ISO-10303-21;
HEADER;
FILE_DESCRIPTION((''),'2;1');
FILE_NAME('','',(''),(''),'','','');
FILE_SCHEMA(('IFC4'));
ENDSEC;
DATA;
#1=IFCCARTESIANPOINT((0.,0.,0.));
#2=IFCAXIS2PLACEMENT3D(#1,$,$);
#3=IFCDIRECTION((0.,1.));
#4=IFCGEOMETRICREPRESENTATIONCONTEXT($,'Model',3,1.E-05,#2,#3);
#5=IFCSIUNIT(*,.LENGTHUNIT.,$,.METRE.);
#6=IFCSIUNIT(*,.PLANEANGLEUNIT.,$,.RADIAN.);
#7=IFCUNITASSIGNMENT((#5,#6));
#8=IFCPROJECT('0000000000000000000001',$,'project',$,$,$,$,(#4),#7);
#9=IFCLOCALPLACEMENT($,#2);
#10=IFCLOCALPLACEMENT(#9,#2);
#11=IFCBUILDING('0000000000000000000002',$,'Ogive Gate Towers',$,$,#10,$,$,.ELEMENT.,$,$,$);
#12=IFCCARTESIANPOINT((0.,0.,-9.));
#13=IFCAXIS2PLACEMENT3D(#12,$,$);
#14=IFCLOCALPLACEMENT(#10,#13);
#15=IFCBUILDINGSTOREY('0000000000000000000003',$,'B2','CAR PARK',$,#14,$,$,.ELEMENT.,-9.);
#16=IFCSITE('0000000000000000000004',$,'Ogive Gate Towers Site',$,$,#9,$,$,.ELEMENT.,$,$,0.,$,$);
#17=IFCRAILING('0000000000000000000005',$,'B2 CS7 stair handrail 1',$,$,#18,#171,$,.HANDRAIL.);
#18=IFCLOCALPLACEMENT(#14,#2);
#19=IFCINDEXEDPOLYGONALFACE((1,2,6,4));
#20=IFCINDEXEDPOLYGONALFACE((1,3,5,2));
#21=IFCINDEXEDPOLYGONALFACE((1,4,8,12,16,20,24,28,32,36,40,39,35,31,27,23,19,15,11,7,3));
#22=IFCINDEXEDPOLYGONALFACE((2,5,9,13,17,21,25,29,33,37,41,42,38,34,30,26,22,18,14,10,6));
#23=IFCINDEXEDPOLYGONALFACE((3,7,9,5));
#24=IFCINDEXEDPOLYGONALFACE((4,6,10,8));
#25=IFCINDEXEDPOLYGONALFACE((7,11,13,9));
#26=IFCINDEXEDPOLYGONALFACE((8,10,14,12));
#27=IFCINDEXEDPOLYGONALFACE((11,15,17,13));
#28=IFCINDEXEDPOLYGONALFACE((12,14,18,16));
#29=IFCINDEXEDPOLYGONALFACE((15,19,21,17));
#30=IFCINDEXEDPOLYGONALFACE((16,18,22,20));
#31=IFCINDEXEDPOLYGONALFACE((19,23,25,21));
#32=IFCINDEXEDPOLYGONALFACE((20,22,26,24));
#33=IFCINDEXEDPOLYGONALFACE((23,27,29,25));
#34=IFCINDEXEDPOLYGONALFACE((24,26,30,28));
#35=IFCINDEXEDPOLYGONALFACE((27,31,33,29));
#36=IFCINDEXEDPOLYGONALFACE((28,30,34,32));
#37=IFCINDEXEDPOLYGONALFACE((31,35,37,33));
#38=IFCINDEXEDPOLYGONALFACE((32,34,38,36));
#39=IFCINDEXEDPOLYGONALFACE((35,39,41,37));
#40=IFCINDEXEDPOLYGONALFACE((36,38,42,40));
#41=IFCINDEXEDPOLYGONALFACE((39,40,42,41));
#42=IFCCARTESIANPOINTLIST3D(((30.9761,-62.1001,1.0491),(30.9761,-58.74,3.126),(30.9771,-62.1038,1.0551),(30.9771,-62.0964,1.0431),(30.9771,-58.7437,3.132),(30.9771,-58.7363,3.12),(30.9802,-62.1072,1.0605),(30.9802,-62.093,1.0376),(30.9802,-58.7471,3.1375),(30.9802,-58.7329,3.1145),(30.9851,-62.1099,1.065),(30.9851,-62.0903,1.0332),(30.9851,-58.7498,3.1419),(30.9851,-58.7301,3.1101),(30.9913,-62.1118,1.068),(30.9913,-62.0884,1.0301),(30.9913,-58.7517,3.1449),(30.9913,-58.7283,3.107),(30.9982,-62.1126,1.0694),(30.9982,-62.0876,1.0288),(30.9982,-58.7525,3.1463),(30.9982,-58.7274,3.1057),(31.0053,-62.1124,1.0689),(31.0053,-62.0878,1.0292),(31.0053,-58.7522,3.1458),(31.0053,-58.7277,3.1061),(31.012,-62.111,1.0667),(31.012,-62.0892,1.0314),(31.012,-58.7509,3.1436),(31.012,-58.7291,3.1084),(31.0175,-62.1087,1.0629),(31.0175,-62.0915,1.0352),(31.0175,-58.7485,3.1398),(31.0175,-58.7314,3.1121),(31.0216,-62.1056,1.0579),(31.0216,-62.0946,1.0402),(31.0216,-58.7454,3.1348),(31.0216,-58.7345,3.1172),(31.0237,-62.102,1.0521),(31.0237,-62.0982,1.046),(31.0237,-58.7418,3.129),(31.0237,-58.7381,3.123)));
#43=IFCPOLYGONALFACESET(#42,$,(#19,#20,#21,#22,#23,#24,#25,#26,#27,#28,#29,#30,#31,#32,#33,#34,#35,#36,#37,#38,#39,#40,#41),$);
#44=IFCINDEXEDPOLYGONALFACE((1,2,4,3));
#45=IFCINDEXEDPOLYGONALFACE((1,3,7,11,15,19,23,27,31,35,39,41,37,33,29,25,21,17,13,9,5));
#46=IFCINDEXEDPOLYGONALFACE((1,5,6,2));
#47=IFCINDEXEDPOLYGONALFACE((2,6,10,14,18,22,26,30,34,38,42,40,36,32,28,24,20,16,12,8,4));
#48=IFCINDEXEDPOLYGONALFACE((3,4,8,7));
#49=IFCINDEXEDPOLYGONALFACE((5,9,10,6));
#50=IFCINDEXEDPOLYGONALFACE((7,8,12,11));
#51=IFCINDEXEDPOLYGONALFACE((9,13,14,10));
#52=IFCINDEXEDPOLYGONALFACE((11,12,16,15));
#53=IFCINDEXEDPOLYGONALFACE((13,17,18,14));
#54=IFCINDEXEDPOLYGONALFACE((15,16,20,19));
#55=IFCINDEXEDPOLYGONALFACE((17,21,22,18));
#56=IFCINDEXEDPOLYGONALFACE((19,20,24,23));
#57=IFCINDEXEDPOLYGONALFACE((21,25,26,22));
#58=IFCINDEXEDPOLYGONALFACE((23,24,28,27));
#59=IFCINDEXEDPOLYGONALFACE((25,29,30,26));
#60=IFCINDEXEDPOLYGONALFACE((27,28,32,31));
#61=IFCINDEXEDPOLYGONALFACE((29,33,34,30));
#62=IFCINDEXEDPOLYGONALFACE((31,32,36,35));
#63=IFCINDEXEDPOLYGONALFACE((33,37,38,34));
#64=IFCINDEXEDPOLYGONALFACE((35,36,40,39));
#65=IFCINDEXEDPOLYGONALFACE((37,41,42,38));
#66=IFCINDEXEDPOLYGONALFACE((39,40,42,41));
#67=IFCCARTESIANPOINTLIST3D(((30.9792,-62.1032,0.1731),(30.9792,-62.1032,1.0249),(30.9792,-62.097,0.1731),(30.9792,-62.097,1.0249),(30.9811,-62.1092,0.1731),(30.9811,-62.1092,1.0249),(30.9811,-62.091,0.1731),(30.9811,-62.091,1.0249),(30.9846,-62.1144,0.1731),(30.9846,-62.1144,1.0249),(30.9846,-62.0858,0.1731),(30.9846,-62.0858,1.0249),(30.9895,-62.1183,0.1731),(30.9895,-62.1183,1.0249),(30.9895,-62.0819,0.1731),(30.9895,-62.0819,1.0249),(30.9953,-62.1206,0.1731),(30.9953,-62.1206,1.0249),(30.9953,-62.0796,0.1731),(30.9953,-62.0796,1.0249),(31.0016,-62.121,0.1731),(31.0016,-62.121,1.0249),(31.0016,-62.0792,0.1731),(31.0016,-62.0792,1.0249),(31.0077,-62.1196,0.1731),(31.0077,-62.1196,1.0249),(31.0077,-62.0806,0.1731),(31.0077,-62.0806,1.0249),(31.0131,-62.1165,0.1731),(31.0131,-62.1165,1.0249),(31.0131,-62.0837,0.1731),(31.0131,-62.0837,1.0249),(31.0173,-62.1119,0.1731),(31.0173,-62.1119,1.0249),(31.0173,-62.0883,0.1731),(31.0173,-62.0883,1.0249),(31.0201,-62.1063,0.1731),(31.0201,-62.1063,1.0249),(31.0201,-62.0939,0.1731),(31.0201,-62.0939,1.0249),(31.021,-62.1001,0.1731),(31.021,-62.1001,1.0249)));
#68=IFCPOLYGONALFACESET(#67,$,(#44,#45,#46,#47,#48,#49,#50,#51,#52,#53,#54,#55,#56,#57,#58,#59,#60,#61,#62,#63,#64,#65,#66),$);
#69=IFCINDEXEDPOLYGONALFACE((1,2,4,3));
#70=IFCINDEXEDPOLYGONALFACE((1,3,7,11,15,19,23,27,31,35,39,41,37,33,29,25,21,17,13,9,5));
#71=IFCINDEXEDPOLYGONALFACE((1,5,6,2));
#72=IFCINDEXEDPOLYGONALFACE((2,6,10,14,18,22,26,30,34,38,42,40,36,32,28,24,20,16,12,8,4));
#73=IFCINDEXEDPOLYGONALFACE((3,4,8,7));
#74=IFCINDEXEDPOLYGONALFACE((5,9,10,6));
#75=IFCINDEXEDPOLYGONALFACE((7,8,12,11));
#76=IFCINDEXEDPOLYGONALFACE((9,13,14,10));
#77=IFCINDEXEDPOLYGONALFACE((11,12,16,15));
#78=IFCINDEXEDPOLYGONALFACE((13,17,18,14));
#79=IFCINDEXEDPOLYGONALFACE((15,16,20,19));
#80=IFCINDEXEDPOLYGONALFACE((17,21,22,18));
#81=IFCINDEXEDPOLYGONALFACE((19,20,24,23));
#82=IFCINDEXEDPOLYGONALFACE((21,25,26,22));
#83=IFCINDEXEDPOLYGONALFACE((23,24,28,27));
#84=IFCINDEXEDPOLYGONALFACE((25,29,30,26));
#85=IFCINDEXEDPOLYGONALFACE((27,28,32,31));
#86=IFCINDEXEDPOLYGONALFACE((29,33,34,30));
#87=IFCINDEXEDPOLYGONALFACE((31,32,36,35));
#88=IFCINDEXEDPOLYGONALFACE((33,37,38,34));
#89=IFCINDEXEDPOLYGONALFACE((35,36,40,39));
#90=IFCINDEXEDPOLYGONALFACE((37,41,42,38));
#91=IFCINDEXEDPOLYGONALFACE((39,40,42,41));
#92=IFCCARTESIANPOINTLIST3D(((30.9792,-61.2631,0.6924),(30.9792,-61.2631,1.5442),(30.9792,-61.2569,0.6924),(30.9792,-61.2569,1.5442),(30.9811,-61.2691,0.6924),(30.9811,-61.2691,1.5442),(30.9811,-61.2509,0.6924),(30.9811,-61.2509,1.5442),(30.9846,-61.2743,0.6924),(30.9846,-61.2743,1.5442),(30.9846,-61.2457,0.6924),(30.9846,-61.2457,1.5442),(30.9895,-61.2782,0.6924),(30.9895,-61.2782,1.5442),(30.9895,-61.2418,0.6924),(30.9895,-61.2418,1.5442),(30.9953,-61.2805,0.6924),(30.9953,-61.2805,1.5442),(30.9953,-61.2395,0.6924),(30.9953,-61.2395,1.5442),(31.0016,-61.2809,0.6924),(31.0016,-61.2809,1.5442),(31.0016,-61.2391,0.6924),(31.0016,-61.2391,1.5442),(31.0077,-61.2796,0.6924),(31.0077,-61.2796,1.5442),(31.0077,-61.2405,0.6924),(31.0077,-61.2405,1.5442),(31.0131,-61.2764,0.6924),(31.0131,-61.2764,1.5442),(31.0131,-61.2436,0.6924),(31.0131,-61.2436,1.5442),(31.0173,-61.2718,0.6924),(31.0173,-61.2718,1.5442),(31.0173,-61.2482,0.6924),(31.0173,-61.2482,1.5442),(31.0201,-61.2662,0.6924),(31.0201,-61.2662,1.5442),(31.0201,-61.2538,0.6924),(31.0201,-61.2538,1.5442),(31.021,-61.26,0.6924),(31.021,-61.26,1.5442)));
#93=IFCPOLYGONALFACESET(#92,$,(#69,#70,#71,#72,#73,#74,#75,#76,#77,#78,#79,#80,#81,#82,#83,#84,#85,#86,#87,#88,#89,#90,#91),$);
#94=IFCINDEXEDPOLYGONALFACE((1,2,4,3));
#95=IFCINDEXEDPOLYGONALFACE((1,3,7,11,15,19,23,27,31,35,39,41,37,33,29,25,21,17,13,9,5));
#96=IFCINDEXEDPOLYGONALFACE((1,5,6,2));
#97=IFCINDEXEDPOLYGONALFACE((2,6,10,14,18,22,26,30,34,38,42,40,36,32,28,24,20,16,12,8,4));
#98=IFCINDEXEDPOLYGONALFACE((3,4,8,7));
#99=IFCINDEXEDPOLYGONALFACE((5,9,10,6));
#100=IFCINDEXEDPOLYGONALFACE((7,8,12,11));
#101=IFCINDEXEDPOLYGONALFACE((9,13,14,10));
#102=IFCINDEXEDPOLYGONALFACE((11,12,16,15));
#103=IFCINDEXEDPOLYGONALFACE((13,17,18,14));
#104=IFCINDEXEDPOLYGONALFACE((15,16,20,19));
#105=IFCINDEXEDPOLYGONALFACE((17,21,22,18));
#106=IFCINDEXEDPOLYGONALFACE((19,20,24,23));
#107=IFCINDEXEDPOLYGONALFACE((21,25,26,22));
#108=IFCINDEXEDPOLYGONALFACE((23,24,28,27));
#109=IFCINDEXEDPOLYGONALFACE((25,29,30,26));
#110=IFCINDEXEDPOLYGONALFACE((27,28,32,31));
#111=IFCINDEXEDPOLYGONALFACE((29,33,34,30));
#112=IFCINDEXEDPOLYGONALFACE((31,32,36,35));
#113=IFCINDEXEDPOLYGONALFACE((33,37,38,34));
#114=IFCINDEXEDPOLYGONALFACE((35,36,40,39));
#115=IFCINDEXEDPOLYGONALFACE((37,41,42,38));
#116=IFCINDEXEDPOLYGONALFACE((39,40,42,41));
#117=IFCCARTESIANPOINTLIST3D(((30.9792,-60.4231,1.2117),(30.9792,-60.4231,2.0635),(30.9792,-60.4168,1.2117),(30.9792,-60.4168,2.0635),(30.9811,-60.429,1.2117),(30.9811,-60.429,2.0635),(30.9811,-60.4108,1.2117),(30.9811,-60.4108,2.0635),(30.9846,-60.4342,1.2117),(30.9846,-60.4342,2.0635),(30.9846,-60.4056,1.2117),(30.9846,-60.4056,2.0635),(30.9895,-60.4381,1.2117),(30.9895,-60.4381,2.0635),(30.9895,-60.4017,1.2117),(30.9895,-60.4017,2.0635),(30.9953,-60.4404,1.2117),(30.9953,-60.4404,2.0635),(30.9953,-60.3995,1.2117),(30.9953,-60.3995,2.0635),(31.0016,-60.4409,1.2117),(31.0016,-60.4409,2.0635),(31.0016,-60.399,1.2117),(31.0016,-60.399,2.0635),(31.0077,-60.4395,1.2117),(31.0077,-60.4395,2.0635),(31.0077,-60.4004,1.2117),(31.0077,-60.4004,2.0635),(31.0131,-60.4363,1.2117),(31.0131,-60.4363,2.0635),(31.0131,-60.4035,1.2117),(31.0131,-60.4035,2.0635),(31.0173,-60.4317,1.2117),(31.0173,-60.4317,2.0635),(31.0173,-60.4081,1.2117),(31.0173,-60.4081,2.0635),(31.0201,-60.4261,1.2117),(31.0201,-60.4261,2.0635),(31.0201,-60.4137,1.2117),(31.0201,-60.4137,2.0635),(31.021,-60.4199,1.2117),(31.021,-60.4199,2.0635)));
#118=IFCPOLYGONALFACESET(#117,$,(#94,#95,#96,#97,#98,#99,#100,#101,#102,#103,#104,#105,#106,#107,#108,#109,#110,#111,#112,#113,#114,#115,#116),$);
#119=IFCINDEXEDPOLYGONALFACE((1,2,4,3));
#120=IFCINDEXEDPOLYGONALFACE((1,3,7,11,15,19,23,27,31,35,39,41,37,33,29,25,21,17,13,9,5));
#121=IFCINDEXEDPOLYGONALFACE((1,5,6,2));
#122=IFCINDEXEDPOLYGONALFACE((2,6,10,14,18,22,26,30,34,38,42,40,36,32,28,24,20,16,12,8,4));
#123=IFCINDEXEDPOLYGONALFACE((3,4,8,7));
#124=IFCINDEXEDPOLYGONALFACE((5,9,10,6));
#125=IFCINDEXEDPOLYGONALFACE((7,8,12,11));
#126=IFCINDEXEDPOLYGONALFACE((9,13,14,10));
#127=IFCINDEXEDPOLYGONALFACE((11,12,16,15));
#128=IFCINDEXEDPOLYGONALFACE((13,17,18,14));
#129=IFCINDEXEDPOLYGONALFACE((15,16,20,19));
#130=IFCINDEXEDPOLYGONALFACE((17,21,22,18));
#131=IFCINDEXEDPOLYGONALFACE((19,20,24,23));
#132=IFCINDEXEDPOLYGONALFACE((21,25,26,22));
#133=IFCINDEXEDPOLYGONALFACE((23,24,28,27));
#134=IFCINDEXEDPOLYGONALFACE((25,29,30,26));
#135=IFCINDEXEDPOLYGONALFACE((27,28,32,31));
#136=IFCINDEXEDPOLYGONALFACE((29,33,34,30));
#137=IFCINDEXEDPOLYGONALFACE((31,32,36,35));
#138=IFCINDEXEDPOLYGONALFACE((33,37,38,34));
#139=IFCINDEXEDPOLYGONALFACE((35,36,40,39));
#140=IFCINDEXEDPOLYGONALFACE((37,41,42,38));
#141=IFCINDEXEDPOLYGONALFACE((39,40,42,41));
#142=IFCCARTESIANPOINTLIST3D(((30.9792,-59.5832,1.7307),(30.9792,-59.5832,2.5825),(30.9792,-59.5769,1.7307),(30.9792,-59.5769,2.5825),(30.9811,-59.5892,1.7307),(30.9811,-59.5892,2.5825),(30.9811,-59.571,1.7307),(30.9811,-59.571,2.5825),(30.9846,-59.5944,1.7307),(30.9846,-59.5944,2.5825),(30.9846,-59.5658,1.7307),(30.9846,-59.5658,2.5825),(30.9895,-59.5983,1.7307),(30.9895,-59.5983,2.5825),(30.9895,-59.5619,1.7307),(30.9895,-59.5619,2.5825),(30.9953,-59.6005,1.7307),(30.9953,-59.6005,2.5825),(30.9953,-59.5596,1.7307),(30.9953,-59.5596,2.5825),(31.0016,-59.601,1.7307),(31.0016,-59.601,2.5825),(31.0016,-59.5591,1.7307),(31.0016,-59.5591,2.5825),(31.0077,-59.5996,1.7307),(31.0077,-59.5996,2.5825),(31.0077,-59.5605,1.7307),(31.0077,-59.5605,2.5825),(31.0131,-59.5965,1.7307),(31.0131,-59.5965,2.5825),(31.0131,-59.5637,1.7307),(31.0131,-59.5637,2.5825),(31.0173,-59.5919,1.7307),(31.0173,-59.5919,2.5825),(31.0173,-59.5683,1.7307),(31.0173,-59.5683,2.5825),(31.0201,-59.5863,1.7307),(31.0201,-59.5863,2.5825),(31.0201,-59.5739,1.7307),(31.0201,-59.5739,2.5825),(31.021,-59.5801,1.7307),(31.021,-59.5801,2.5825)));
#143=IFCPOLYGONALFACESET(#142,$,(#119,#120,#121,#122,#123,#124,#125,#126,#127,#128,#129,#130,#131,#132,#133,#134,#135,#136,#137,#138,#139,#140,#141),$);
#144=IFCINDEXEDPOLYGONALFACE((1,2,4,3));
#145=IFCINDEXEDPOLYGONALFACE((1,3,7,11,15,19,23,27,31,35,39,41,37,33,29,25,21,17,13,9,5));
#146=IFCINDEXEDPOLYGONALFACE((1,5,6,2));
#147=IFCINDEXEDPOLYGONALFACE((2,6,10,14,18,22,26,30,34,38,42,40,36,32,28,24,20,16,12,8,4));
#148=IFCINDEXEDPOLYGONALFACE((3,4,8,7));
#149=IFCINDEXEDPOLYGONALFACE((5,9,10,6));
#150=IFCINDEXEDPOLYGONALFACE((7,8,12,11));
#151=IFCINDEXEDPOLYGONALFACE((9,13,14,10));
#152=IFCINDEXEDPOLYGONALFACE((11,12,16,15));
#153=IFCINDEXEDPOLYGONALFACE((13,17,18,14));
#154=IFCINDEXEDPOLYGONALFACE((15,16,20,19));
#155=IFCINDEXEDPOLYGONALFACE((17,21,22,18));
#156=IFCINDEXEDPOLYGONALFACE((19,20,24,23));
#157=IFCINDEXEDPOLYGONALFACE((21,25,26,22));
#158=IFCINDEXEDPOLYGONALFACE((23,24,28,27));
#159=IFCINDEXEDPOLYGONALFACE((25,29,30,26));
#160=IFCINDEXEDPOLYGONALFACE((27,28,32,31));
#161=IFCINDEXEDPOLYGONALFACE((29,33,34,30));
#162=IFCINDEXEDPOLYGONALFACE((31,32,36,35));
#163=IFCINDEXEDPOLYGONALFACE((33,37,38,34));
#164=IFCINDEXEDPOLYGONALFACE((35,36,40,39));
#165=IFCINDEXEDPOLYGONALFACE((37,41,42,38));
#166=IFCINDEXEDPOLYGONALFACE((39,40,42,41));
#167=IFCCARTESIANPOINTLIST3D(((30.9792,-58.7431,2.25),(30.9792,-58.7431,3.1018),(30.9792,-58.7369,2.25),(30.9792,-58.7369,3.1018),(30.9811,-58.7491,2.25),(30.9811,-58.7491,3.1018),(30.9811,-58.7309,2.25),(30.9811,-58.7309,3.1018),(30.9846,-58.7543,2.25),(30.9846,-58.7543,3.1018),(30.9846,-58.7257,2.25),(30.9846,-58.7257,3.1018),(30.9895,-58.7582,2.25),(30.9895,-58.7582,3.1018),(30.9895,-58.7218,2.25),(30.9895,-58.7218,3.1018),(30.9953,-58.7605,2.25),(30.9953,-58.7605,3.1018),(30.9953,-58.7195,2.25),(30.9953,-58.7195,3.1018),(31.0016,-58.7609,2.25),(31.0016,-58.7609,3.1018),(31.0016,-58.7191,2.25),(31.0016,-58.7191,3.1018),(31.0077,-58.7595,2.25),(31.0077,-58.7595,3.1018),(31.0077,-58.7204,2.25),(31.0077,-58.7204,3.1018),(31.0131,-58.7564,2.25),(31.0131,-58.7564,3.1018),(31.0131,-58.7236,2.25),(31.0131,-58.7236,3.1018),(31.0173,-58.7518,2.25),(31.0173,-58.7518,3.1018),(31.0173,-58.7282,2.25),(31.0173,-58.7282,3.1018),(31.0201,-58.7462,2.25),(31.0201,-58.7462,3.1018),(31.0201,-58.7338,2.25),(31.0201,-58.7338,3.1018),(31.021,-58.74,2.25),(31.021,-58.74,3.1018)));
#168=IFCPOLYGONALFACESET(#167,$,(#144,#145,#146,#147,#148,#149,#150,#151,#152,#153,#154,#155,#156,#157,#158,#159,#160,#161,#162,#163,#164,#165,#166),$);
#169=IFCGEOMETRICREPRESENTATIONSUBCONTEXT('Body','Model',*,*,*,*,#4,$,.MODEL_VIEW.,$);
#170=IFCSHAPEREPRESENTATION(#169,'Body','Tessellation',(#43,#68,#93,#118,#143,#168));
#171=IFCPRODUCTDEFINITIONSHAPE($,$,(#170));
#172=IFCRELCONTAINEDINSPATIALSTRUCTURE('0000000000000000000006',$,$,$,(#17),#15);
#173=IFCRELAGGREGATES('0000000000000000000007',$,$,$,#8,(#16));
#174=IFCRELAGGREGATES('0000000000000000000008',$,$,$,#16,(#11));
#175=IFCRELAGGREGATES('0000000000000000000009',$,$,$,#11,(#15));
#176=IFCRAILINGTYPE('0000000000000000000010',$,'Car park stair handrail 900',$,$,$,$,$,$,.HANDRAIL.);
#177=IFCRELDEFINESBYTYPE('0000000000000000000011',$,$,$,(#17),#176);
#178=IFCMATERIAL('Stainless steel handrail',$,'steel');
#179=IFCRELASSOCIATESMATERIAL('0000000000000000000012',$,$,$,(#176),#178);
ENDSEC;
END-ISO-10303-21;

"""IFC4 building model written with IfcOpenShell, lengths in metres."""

from ifc_helpers import new_model, si_unit, direction, frame, origin, origin_2d, place, context, subcontext, project, spatial, circle, extrude, material, type_object, element, save


model = new_model("IFC4")

# Units and contexts
model_context = context("Model", 3, precision=1e-05, world=origin(), true_north=direction((0.0, 1.0)))
body_context = subcontext(model_context, "Body", "Model", "MODEL_VIEW")
ifc_project = project(units=[si_unit("LENGTHUNIT", "METRE"), si_unit("PLANEANGLEUNIT", "RADIAN")], contexts=[model_context])

# Site, building, storey
site_placement = place(None, origin())
site = spatial("IfcSite", under=ifc_project, at=site_placement, Name="Ogive Gate Towers Site", CompositionType="ELEMENT", RefElevation=0.0)
building_placement = place(site_placement, origin())
building = spatial("IfcBuilding", under=site, at=building_placement, Name="Ogive Gate Towers", CompositionType="ELEMENT")
storey_placement = place(building_placement, frame((0.0, 0.0, -9.0)))
storey = spatial("IfcBuildingStorey", under=building, at=storey_placement, Name="B2", Description="CAR PARK", CompositionType="ELEMENT", Elevation=-9.0)

# Railing
ifc_material_1 = material(Name="Stainless steel handrail", Category="steel")
railing_type_1 = type_object("IfcRailingType", Name="Car park stair handrail 900", PredefinedType="HANDRAIL", material=ifc_material_1)
railing_1_placement = place(storey_placement, frame((31.0, -62.1001, 0.1731)))
element("IfcRailing", 1, at=railing_1_placement, inside=storey, type_object=railing_type_1, Name="B2 CS7 stair handrail 1", PredefinedType="HANDRAIL", context=body_context, shape_type="SweptSolid", body=[
    extrude(circle(Radius=0.0239, at=origin_2d()), frame((0.0, 0.0, 0.876), z_axis=(0.0, 0.850623, 0.525776), x_axis=(-1.0, 0.0, 0.0)), (0.0, 0.0, 1.0), 3.9502),
    extrude(circle(Radius=0.021, at=origin_2d()), origin(), (0.0, 0.0, 1.0), 0.8518),
    extrude(circle(Radius=0.021, at=origin_2d()), frame((0.0, 0.8401, 0.5193)), (0.0, 0.0, 1.0), 0.8518),
    extrude(circle(Radius=0.021, at=origin_2d()), frame((0.0, 1.6802, 1.0386)), (0.0, 0.0, 1.0), 0.8518),
    extrude(circle(Radius=0.021, at=origin_2d()), frame((0.0, 2.52, 1.5576)), (0.0, 0.0, 1.0), 0.8518),
    extrude(circle(Radius=0.021, at=origin_2d()), frame((0.0, 3.3601, 2.0769)), (0.0, 0.0, 1.0), 0.8518),
])

save(model, "model.ifc")
